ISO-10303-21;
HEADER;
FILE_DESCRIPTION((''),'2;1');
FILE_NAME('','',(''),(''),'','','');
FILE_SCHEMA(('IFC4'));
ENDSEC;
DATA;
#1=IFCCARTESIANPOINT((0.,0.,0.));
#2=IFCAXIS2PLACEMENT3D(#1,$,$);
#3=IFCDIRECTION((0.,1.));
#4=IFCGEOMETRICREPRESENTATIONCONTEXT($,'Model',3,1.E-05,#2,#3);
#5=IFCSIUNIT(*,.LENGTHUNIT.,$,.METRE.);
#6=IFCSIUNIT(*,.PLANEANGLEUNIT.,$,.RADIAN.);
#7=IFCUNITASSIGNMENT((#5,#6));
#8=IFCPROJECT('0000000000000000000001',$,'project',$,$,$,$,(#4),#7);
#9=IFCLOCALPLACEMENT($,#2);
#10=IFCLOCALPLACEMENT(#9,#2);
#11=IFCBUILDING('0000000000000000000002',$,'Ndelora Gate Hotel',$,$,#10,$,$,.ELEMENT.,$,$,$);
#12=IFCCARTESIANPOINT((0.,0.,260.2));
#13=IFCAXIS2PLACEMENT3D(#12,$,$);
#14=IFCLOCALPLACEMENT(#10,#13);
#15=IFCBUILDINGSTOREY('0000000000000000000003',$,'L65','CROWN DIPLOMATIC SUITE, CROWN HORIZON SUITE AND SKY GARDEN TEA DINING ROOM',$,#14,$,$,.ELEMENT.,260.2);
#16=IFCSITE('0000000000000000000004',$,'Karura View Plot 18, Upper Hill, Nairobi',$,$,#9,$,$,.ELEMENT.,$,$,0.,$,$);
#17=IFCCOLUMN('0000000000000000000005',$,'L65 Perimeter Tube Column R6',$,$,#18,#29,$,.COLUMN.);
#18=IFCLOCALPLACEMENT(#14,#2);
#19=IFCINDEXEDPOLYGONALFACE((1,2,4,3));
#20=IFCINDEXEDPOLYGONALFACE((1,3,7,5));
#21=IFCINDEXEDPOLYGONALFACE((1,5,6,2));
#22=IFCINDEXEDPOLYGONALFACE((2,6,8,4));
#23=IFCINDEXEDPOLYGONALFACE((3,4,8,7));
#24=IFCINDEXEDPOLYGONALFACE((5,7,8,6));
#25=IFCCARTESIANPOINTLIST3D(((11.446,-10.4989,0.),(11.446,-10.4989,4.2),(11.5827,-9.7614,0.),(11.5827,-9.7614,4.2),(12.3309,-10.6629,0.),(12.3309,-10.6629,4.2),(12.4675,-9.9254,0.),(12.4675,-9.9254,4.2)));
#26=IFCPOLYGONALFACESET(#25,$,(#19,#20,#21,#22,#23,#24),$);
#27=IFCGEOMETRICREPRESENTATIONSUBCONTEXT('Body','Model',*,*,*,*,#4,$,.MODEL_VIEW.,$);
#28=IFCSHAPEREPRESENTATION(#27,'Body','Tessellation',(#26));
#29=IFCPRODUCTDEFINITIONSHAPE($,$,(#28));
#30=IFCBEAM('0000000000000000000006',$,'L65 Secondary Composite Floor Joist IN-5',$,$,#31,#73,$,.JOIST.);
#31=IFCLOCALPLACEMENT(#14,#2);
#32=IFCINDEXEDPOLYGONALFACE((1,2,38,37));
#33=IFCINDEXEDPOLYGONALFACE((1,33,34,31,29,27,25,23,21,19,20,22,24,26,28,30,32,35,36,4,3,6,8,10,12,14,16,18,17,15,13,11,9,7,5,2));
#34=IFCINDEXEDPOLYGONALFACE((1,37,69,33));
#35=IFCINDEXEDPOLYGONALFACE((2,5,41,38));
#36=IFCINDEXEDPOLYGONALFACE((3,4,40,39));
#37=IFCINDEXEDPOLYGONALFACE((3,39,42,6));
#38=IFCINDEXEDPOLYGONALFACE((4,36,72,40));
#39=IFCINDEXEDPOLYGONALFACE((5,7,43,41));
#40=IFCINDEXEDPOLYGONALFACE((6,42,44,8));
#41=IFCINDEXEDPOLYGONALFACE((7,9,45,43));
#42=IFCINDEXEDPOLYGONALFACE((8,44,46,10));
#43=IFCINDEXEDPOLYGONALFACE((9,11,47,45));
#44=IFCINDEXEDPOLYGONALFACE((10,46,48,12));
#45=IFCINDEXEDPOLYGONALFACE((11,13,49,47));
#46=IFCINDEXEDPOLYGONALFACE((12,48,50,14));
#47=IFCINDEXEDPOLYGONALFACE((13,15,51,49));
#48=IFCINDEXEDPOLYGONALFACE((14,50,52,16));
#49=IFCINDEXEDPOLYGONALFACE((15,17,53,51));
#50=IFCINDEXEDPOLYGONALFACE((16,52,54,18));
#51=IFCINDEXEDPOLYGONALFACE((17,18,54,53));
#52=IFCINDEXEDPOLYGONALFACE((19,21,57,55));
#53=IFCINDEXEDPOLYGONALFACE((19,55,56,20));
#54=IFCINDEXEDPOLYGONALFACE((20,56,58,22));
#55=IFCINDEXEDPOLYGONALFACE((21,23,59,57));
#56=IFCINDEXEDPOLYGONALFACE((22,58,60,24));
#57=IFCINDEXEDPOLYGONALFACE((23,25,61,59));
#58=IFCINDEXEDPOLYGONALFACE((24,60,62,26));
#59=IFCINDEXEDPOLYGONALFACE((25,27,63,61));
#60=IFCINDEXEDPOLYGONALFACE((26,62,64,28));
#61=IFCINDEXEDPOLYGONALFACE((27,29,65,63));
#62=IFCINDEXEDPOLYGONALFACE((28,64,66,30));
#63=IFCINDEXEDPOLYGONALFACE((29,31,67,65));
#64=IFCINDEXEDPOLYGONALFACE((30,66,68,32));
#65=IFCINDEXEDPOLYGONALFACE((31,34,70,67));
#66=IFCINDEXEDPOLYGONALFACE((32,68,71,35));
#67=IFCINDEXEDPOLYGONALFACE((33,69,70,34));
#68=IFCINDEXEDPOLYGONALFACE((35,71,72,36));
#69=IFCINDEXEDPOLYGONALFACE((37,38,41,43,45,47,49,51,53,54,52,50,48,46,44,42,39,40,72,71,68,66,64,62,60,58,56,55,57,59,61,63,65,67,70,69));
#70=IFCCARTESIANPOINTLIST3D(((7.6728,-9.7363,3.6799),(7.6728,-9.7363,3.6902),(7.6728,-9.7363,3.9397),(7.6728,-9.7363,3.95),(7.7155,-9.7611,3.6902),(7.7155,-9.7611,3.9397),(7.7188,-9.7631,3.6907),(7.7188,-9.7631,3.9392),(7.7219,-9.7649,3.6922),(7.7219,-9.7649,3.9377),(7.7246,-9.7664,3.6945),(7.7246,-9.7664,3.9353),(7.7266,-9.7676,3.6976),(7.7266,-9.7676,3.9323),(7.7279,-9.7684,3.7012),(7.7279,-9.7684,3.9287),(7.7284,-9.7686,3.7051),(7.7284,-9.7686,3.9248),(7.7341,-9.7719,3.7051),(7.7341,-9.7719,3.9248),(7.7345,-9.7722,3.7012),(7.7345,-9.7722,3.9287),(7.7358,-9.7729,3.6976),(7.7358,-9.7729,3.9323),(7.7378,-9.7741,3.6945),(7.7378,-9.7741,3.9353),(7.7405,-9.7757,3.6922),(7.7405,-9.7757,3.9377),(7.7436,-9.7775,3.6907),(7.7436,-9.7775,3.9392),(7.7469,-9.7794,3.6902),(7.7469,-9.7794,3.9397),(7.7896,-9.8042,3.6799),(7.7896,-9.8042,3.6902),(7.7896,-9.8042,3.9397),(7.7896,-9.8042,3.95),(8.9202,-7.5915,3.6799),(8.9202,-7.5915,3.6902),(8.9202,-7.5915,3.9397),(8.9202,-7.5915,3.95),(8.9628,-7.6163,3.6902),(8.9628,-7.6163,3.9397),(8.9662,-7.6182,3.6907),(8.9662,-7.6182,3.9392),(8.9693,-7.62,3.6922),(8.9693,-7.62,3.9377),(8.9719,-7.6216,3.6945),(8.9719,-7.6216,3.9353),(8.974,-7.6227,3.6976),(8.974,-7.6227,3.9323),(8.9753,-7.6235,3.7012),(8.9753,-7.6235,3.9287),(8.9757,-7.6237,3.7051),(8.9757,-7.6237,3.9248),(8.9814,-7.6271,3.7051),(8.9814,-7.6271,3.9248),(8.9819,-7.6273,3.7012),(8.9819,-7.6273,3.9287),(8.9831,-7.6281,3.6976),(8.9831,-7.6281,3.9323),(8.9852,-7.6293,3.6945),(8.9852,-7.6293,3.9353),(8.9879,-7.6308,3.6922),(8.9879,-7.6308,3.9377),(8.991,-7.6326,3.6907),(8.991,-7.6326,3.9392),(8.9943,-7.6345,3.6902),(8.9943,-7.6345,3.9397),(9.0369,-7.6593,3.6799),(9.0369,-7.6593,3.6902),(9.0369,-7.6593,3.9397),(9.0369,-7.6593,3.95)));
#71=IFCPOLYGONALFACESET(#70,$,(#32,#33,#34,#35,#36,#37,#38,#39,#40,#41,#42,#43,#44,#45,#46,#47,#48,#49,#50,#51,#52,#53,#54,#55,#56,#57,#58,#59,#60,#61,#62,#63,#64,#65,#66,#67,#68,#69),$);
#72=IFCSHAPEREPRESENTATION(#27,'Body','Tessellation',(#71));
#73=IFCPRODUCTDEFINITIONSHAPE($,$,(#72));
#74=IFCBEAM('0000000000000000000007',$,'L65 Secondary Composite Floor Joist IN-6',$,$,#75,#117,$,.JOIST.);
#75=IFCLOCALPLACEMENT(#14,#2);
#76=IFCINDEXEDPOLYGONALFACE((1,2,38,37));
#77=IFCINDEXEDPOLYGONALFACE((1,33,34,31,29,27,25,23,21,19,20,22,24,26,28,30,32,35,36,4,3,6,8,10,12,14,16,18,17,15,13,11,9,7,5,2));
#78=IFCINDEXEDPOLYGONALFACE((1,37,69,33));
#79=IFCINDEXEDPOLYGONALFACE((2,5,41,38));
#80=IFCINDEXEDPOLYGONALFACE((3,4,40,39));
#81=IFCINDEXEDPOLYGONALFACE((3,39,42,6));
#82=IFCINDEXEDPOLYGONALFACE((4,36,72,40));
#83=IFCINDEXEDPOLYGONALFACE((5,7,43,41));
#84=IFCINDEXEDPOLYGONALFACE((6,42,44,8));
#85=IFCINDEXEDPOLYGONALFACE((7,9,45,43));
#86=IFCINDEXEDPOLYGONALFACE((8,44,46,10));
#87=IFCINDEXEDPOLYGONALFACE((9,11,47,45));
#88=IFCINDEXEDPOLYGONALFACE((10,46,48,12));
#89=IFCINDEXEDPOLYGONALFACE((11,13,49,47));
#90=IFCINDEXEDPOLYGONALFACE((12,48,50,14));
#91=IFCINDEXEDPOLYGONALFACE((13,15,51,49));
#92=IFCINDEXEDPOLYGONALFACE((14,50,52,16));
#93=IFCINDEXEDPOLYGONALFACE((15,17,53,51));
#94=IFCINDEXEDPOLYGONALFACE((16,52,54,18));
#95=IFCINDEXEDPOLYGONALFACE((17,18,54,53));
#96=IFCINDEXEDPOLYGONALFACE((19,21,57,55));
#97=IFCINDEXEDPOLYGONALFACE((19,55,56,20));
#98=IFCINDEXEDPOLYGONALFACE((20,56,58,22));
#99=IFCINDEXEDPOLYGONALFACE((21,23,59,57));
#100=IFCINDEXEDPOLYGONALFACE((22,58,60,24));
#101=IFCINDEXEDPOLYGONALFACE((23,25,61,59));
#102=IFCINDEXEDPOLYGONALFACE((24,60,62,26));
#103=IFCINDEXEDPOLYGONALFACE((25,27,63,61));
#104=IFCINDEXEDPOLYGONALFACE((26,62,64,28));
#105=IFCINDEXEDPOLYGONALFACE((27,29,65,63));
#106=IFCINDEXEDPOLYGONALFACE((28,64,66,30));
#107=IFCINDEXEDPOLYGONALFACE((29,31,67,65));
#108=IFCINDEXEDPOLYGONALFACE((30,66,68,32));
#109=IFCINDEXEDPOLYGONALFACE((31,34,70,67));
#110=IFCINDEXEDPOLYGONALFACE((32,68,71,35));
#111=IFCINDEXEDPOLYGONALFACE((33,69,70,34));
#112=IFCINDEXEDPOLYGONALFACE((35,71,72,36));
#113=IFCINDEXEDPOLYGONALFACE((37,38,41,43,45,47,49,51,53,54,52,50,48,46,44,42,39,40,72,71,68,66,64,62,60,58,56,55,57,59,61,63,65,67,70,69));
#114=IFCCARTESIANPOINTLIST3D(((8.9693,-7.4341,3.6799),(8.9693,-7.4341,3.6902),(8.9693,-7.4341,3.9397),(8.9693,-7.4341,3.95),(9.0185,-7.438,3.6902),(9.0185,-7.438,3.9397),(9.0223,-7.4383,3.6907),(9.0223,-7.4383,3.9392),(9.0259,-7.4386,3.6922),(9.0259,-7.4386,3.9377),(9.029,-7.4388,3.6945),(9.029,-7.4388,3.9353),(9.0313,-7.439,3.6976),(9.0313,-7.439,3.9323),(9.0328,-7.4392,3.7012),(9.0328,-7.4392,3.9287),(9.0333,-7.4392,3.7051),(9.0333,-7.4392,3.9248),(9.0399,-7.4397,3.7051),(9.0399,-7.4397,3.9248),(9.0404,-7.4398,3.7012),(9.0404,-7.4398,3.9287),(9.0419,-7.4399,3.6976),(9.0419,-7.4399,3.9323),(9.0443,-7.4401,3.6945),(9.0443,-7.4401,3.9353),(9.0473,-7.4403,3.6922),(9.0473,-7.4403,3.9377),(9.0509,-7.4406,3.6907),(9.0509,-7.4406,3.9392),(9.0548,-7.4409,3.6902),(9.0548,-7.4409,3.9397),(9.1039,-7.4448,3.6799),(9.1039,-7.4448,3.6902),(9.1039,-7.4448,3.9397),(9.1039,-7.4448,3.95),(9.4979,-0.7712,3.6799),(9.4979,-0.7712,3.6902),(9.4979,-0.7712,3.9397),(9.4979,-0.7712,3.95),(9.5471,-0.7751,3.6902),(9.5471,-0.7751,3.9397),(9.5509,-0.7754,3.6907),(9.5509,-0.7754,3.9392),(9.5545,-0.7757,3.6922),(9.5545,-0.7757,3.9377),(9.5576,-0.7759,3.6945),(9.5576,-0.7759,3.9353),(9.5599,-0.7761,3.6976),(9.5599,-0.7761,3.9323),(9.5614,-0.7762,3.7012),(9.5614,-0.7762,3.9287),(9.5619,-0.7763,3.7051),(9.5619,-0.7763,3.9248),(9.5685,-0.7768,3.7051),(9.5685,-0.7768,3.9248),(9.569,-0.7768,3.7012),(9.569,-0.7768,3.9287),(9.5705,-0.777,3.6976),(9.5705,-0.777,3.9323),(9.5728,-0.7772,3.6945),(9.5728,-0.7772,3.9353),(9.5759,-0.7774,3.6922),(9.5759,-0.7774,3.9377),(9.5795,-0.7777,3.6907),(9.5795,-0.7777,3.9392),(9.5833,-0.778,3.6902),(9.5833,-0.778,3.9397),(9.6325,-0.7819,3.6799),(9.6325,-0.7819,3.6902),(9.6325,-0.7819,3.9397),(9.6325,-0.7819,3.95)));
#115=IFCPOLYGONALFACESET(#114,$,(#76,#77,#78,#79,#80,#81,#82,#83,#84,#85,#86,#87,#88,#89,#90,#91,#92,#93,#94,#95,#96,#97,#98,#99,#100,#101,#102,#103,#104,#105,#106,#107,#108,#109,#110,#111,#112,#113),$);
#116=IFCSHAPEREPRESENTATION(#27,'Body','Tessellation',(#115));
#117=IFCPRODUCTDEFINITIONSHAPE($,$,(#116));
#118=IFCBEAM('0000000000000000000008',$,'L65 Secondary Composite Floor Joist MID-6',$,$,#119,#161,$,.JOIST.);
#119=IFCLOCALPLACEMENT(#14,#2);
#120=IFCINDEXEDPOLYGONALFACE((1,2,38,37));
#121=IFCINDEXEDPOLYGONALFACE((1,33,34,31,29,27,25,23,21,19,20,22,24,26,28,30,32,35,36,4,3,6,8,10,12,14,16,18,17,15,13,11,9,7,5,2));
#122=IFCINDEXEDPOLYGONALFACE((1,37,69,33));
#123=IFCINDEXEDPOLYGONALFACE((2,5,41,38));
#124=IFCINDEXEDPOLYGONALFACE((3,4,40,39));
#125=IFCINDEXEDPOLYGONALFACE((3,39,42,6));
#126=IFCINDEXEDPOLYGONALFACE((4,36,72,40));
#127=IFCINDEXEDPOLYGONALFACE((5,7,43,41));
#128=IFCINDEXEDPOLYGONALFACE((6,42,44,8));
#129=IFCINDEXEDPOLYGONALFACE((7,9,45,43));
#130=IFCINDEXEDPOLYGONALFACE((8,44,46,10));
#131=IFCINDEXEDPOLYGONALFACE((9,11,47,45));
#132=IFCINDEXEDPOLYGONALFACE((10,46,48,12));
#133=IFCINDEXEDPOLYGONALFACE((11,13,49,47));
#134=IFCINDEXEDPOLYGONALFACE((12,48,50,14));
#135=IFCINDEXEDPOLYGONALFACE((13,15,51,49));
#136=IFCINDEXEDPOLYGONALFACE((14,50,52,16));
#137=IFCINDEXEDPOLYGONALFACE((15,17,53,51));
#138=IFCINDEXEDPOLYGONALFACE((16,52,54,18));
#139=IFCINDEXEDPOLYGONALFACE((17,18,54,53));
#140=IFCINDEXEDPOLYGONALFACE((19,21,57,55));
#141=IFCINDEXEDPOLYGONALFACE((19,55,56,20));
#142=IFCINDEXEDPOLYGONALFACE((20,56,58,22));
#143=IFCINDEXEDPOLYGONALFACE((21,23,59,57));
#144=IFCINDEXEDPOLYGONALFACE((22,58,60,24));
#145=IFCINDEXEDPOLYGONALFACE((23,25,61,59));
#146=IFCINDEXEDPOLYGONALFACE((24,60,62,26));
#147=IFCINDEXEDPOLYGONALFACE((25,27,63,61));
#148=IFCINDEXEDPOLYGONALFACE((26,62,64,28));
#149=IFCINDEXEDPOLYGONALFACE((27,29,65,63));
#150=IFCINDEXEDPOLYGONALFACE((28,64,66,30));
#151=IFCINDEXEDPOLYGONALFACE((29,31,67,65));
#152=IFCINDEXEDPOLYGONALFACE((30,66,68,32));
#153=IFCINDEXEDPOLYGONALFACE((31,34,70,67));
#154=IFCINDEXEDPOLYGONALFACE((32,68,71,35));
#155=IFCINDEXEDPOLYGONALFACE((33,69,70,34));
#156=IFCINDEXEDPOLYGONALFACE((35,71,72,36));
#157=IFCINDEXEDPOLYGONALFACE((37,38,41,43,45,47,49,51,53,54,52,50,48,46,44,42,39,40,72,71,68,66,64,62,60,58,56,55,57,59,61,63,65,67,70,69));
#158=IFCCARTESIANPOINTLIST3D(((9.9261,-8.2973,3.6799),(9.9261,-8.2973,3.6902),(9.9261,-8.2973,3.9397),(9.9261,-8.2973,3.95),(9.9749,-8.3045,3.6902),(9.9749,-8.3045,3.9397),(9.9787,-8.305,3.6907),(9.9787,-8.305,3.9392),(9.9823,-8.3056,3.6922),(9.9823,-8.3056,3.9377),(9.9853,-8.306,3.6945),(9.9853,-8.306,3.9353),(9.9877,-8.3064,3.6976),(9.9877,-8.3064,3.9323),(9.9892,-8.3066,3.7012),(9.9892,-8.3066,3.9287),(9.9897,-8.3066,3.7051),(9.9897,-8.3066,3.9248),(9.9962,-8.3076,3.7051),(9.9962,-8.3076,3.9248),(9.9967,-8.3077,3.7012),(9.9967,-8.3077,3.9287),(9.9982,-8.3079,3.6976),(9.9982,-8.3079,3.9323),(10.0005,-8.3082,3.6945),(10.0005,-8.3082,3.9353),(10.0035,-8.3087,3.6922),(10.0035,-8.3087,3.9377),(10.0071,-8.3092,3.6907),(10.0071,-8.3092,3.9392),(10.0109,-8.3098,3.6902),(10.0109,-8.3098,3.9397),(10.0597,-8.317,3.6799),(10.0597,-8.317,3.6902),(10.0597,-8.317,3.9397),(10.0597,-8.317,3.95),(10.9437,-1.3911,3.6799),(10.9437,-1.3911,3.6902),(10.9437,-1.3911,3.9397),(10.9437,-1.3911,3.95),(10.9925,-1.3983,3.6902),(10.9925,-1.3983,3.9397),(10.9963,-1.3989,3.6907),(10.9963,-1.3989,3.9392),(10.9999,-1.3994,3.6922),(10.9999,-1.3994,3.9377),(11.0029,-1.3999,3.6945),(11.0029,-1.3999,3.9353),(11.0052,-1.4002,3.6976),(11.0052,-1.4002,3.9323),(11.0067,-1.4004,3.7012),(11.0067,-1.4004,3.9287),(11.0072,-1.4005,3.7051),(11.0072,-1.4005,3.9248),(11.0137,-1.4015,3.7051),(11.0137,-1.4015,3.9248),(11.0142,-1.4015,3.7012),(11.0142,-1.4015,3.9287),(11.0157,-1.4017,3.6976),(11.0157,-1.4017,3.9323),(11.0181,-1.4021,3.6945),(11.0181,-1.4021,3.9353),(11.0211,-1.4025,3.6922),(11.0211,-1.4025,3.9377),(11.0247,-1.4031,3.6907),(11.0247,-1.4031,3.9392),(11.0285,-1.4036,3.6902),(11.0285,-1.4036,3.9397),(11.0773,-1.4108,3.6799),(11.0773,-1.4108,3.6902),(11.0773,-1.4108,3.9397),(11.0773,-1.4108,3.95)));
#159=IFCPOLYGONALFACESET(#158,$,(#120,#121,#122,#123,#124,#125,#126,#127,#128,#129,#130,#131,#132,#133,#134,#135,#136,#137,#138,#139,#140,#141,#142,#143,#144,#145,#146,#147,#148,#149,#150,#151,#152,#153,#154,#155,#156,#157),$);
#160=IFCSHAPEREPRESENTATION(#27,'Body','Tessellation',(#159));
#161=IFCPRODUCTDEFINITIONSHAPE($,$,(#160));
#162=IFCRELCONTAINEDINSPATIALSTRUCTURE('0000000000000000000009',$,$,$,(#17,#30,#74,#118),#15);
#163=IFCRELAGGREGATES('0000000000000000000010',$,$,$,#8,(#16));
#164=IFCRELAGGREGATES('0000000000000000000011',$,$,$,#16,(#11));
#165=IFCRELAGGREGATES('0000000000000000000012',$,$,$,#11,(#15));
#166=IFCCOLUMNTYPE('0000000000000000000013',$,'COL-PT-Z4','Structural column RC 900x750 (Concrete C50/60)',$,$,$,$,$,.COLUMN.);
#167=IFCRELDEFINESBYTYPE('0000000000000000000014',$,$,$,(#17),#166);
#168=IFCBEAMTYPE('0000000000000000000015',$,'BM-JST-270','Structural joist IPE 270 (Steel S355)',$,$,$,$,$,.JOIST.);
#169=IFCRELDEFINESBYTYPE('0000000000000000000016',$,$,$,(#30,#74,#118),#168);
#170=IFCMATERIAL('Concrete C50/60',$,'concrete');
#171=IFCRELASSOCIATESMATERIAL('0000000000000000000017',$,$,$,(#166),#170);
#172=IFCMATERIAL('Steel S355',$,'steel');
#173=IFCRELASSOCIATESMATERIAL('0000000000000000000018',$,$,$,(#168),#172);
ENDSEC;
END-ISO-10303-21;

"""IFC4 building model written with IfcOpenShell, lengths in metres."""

from ifc_helpers import new_model, si_unit, direction, frame, origin, origin_2d, place, context, subcontext, project, spatial, rectangle, i_section, extrude, material, material_profile, profile_set, type_object, element, save


model = new_model("IFC4")

# Units and contexts
model_context = context("Model", 3, precision=1e-05, world=origin(), true_north=direction((0.0, 1.0)))
body_context = subcontext(model_context, "Body", "Model", "MODEL_VIEW")
ifc_project = project(units=[si_unit("LENGTHUNIT", "METRE"), si_unit("PLANEANGLEUNIT", "RADIAN")], contexts=[model_context])

# Site, building, storey
site_placement = place(None, origin())
site = spatial("IfcSite", under=ifc_project, at=site_placement, Name="Karura View Plot 18, Upper Hill, Nairobi", CompositionType="ELEMENT", RefElevation=0.0)
building_placement = place(site_placement, origin())
building = spatial("IfcBuilding", under=site, at=building_placement, Name="Ndelora Gate Hotel", CompositionType="ELEMENT")
storey_placement = place(building_placement, frame((0.0, 0.0, 260.2)))
storey = spatial("IfcBuildingStorey", under=building, at=storey_placement, Name="L65", Description="CROWN DIPLOMATIC SUITE, CROWN HORIZON SUITE AND SKY GARDEN TEA DINING ROOM", CompositionType="ELEMENT", Elevation=260.2)

# Column
ifc_material_1 = material(Name="Concrete C50/60", Category="concrete")
ifc_material_profile_1 = material_profile(ifc_material_1, rectangle(XDim=0.75, YDim=0.8999, at=origin_2d()), Name="RC 900x750")
ifc_profile_set_1 = profile_set([ifc_material_profile_1], Name="Concrete C50/60")
column_type = type_object("IfcColumnType", Name="COL-PT-Z4", Description="Structural column RC 900x750 (Concrete C50/60)", PredefinedType="COLUMN", material=ifc_profile_set_1)
column_placement = place(storey_placement, frame((11.9568, -10.2122, 0.0), z_axis=(0.0, 0.0, 1.0), x_axis=(0.182236, 0.983255, 0.0)))
element("IfcColumn", 1, at=column_placement, inside=storey, type_object=column_type, Name="L65 Perimeter Tube Column R6", PredefinedType="COLUMN", context=body_context, shape_type="SweptSolid", body=[
    extrude(rectangle(XDim=0.75, YDim=0.8999, at=origin_2d()), origin(), (0.0, 0.0, 1.0), 4.2),
])

# Beams
ifc_material_2 = material(Name="Steel S355", Category="steel")
ifc_material_profile_2 = material_profile(ifc_material_2, i_section(OverallWidth=0.135, OverallDepth=0.27, WebThickness=0.0066, FlangeThickness=0.0103, FilletRadius=0.0149, at=origin_2d()), Name="IPE 270")
ifc_profile_set_2 = profile_set([ifc_material_profile_2], Name="Steel S355")
beam_type_1 = type_object("IfcBeamType", Name="BM-JST-270", Description="Structural joist IPE 270 (Steel S355)", PredefinedType="JOIST", material=ifc_profile_set_2)
beam_1_placement = place(storey_placement, frame((7.7312, -9.7703, 3.8149), z_axis=(0.502726, 0.864446, 0.0), x_axis=(-0.864446, 0.502726, 0.0)))
element("IfcBeam", 2, at=beam_1_placement, inside=storey, type_object=beam_type_1, Name="L65 Secondary Composite Floor Joist IN-5", PredefinedType="JOIST", context=body_context, shape_type="SweptSolid", body=[
    extrude(i_section(OverallWidth=0.135, OverallDepth=0.27, WebThickness=0.0066, FlangeThickness=0.0103, FilletRadius=0.0149, at=origin_2d()), origin(), (0.0, 0.0, 1.0), 2.4812),
])
beam_2_placement = place(storey_placement, frame((9.0366, -7.4395, 3.8149), z_axis=(0.079082, 0.996868, 0.0), x_axis=(-0.996868, 0.079082, 0.0)))
element("IfcBeam", 3, at=beam_2_placement, inside=storey, type_object=beam_type_1, Name="L65 Secondary Composite Floor Joist IN-6", PredefinedType="JOIST", context=body_context, shape_type="SweptSolid", body=[
    extrude(i_section(OverallWidth=0.135, OverallDepth=0.27, WebThickness=0.0066, FlangeThickness=0.0103, FilletRadius=0.0149, at=origin_2d()), origin(), (0.0, 0.0, 1.0), 6.6838),
])
beam_3_placement = place(storey_placement, frame((9.9929, -8.3071, 3.8149), z_axis=(0.145768, 0.989319, 0.0), x_axis=(-0.989319, 0.145768, 0.0)))
element("IfcBeam", 4, at=beam_3_placement, inside=storey, type_object=beam_type_1, Name="L65 Secondary Composite Floor Joist MID-6", PredefinedType="JOIST", context=body_context, shape_type="SweptSolid", body=[
    extrude(i_section(OverallWidth=0.135, OverallDepth=0.27, WebThickness=0.0066, FlangeThickness=0.0103, FilletRadius=0.0149, at=origin_2d()), origin(), (0.0, 0.0, 1.0), 6.9807),
])

save(model, "model.ifc")
